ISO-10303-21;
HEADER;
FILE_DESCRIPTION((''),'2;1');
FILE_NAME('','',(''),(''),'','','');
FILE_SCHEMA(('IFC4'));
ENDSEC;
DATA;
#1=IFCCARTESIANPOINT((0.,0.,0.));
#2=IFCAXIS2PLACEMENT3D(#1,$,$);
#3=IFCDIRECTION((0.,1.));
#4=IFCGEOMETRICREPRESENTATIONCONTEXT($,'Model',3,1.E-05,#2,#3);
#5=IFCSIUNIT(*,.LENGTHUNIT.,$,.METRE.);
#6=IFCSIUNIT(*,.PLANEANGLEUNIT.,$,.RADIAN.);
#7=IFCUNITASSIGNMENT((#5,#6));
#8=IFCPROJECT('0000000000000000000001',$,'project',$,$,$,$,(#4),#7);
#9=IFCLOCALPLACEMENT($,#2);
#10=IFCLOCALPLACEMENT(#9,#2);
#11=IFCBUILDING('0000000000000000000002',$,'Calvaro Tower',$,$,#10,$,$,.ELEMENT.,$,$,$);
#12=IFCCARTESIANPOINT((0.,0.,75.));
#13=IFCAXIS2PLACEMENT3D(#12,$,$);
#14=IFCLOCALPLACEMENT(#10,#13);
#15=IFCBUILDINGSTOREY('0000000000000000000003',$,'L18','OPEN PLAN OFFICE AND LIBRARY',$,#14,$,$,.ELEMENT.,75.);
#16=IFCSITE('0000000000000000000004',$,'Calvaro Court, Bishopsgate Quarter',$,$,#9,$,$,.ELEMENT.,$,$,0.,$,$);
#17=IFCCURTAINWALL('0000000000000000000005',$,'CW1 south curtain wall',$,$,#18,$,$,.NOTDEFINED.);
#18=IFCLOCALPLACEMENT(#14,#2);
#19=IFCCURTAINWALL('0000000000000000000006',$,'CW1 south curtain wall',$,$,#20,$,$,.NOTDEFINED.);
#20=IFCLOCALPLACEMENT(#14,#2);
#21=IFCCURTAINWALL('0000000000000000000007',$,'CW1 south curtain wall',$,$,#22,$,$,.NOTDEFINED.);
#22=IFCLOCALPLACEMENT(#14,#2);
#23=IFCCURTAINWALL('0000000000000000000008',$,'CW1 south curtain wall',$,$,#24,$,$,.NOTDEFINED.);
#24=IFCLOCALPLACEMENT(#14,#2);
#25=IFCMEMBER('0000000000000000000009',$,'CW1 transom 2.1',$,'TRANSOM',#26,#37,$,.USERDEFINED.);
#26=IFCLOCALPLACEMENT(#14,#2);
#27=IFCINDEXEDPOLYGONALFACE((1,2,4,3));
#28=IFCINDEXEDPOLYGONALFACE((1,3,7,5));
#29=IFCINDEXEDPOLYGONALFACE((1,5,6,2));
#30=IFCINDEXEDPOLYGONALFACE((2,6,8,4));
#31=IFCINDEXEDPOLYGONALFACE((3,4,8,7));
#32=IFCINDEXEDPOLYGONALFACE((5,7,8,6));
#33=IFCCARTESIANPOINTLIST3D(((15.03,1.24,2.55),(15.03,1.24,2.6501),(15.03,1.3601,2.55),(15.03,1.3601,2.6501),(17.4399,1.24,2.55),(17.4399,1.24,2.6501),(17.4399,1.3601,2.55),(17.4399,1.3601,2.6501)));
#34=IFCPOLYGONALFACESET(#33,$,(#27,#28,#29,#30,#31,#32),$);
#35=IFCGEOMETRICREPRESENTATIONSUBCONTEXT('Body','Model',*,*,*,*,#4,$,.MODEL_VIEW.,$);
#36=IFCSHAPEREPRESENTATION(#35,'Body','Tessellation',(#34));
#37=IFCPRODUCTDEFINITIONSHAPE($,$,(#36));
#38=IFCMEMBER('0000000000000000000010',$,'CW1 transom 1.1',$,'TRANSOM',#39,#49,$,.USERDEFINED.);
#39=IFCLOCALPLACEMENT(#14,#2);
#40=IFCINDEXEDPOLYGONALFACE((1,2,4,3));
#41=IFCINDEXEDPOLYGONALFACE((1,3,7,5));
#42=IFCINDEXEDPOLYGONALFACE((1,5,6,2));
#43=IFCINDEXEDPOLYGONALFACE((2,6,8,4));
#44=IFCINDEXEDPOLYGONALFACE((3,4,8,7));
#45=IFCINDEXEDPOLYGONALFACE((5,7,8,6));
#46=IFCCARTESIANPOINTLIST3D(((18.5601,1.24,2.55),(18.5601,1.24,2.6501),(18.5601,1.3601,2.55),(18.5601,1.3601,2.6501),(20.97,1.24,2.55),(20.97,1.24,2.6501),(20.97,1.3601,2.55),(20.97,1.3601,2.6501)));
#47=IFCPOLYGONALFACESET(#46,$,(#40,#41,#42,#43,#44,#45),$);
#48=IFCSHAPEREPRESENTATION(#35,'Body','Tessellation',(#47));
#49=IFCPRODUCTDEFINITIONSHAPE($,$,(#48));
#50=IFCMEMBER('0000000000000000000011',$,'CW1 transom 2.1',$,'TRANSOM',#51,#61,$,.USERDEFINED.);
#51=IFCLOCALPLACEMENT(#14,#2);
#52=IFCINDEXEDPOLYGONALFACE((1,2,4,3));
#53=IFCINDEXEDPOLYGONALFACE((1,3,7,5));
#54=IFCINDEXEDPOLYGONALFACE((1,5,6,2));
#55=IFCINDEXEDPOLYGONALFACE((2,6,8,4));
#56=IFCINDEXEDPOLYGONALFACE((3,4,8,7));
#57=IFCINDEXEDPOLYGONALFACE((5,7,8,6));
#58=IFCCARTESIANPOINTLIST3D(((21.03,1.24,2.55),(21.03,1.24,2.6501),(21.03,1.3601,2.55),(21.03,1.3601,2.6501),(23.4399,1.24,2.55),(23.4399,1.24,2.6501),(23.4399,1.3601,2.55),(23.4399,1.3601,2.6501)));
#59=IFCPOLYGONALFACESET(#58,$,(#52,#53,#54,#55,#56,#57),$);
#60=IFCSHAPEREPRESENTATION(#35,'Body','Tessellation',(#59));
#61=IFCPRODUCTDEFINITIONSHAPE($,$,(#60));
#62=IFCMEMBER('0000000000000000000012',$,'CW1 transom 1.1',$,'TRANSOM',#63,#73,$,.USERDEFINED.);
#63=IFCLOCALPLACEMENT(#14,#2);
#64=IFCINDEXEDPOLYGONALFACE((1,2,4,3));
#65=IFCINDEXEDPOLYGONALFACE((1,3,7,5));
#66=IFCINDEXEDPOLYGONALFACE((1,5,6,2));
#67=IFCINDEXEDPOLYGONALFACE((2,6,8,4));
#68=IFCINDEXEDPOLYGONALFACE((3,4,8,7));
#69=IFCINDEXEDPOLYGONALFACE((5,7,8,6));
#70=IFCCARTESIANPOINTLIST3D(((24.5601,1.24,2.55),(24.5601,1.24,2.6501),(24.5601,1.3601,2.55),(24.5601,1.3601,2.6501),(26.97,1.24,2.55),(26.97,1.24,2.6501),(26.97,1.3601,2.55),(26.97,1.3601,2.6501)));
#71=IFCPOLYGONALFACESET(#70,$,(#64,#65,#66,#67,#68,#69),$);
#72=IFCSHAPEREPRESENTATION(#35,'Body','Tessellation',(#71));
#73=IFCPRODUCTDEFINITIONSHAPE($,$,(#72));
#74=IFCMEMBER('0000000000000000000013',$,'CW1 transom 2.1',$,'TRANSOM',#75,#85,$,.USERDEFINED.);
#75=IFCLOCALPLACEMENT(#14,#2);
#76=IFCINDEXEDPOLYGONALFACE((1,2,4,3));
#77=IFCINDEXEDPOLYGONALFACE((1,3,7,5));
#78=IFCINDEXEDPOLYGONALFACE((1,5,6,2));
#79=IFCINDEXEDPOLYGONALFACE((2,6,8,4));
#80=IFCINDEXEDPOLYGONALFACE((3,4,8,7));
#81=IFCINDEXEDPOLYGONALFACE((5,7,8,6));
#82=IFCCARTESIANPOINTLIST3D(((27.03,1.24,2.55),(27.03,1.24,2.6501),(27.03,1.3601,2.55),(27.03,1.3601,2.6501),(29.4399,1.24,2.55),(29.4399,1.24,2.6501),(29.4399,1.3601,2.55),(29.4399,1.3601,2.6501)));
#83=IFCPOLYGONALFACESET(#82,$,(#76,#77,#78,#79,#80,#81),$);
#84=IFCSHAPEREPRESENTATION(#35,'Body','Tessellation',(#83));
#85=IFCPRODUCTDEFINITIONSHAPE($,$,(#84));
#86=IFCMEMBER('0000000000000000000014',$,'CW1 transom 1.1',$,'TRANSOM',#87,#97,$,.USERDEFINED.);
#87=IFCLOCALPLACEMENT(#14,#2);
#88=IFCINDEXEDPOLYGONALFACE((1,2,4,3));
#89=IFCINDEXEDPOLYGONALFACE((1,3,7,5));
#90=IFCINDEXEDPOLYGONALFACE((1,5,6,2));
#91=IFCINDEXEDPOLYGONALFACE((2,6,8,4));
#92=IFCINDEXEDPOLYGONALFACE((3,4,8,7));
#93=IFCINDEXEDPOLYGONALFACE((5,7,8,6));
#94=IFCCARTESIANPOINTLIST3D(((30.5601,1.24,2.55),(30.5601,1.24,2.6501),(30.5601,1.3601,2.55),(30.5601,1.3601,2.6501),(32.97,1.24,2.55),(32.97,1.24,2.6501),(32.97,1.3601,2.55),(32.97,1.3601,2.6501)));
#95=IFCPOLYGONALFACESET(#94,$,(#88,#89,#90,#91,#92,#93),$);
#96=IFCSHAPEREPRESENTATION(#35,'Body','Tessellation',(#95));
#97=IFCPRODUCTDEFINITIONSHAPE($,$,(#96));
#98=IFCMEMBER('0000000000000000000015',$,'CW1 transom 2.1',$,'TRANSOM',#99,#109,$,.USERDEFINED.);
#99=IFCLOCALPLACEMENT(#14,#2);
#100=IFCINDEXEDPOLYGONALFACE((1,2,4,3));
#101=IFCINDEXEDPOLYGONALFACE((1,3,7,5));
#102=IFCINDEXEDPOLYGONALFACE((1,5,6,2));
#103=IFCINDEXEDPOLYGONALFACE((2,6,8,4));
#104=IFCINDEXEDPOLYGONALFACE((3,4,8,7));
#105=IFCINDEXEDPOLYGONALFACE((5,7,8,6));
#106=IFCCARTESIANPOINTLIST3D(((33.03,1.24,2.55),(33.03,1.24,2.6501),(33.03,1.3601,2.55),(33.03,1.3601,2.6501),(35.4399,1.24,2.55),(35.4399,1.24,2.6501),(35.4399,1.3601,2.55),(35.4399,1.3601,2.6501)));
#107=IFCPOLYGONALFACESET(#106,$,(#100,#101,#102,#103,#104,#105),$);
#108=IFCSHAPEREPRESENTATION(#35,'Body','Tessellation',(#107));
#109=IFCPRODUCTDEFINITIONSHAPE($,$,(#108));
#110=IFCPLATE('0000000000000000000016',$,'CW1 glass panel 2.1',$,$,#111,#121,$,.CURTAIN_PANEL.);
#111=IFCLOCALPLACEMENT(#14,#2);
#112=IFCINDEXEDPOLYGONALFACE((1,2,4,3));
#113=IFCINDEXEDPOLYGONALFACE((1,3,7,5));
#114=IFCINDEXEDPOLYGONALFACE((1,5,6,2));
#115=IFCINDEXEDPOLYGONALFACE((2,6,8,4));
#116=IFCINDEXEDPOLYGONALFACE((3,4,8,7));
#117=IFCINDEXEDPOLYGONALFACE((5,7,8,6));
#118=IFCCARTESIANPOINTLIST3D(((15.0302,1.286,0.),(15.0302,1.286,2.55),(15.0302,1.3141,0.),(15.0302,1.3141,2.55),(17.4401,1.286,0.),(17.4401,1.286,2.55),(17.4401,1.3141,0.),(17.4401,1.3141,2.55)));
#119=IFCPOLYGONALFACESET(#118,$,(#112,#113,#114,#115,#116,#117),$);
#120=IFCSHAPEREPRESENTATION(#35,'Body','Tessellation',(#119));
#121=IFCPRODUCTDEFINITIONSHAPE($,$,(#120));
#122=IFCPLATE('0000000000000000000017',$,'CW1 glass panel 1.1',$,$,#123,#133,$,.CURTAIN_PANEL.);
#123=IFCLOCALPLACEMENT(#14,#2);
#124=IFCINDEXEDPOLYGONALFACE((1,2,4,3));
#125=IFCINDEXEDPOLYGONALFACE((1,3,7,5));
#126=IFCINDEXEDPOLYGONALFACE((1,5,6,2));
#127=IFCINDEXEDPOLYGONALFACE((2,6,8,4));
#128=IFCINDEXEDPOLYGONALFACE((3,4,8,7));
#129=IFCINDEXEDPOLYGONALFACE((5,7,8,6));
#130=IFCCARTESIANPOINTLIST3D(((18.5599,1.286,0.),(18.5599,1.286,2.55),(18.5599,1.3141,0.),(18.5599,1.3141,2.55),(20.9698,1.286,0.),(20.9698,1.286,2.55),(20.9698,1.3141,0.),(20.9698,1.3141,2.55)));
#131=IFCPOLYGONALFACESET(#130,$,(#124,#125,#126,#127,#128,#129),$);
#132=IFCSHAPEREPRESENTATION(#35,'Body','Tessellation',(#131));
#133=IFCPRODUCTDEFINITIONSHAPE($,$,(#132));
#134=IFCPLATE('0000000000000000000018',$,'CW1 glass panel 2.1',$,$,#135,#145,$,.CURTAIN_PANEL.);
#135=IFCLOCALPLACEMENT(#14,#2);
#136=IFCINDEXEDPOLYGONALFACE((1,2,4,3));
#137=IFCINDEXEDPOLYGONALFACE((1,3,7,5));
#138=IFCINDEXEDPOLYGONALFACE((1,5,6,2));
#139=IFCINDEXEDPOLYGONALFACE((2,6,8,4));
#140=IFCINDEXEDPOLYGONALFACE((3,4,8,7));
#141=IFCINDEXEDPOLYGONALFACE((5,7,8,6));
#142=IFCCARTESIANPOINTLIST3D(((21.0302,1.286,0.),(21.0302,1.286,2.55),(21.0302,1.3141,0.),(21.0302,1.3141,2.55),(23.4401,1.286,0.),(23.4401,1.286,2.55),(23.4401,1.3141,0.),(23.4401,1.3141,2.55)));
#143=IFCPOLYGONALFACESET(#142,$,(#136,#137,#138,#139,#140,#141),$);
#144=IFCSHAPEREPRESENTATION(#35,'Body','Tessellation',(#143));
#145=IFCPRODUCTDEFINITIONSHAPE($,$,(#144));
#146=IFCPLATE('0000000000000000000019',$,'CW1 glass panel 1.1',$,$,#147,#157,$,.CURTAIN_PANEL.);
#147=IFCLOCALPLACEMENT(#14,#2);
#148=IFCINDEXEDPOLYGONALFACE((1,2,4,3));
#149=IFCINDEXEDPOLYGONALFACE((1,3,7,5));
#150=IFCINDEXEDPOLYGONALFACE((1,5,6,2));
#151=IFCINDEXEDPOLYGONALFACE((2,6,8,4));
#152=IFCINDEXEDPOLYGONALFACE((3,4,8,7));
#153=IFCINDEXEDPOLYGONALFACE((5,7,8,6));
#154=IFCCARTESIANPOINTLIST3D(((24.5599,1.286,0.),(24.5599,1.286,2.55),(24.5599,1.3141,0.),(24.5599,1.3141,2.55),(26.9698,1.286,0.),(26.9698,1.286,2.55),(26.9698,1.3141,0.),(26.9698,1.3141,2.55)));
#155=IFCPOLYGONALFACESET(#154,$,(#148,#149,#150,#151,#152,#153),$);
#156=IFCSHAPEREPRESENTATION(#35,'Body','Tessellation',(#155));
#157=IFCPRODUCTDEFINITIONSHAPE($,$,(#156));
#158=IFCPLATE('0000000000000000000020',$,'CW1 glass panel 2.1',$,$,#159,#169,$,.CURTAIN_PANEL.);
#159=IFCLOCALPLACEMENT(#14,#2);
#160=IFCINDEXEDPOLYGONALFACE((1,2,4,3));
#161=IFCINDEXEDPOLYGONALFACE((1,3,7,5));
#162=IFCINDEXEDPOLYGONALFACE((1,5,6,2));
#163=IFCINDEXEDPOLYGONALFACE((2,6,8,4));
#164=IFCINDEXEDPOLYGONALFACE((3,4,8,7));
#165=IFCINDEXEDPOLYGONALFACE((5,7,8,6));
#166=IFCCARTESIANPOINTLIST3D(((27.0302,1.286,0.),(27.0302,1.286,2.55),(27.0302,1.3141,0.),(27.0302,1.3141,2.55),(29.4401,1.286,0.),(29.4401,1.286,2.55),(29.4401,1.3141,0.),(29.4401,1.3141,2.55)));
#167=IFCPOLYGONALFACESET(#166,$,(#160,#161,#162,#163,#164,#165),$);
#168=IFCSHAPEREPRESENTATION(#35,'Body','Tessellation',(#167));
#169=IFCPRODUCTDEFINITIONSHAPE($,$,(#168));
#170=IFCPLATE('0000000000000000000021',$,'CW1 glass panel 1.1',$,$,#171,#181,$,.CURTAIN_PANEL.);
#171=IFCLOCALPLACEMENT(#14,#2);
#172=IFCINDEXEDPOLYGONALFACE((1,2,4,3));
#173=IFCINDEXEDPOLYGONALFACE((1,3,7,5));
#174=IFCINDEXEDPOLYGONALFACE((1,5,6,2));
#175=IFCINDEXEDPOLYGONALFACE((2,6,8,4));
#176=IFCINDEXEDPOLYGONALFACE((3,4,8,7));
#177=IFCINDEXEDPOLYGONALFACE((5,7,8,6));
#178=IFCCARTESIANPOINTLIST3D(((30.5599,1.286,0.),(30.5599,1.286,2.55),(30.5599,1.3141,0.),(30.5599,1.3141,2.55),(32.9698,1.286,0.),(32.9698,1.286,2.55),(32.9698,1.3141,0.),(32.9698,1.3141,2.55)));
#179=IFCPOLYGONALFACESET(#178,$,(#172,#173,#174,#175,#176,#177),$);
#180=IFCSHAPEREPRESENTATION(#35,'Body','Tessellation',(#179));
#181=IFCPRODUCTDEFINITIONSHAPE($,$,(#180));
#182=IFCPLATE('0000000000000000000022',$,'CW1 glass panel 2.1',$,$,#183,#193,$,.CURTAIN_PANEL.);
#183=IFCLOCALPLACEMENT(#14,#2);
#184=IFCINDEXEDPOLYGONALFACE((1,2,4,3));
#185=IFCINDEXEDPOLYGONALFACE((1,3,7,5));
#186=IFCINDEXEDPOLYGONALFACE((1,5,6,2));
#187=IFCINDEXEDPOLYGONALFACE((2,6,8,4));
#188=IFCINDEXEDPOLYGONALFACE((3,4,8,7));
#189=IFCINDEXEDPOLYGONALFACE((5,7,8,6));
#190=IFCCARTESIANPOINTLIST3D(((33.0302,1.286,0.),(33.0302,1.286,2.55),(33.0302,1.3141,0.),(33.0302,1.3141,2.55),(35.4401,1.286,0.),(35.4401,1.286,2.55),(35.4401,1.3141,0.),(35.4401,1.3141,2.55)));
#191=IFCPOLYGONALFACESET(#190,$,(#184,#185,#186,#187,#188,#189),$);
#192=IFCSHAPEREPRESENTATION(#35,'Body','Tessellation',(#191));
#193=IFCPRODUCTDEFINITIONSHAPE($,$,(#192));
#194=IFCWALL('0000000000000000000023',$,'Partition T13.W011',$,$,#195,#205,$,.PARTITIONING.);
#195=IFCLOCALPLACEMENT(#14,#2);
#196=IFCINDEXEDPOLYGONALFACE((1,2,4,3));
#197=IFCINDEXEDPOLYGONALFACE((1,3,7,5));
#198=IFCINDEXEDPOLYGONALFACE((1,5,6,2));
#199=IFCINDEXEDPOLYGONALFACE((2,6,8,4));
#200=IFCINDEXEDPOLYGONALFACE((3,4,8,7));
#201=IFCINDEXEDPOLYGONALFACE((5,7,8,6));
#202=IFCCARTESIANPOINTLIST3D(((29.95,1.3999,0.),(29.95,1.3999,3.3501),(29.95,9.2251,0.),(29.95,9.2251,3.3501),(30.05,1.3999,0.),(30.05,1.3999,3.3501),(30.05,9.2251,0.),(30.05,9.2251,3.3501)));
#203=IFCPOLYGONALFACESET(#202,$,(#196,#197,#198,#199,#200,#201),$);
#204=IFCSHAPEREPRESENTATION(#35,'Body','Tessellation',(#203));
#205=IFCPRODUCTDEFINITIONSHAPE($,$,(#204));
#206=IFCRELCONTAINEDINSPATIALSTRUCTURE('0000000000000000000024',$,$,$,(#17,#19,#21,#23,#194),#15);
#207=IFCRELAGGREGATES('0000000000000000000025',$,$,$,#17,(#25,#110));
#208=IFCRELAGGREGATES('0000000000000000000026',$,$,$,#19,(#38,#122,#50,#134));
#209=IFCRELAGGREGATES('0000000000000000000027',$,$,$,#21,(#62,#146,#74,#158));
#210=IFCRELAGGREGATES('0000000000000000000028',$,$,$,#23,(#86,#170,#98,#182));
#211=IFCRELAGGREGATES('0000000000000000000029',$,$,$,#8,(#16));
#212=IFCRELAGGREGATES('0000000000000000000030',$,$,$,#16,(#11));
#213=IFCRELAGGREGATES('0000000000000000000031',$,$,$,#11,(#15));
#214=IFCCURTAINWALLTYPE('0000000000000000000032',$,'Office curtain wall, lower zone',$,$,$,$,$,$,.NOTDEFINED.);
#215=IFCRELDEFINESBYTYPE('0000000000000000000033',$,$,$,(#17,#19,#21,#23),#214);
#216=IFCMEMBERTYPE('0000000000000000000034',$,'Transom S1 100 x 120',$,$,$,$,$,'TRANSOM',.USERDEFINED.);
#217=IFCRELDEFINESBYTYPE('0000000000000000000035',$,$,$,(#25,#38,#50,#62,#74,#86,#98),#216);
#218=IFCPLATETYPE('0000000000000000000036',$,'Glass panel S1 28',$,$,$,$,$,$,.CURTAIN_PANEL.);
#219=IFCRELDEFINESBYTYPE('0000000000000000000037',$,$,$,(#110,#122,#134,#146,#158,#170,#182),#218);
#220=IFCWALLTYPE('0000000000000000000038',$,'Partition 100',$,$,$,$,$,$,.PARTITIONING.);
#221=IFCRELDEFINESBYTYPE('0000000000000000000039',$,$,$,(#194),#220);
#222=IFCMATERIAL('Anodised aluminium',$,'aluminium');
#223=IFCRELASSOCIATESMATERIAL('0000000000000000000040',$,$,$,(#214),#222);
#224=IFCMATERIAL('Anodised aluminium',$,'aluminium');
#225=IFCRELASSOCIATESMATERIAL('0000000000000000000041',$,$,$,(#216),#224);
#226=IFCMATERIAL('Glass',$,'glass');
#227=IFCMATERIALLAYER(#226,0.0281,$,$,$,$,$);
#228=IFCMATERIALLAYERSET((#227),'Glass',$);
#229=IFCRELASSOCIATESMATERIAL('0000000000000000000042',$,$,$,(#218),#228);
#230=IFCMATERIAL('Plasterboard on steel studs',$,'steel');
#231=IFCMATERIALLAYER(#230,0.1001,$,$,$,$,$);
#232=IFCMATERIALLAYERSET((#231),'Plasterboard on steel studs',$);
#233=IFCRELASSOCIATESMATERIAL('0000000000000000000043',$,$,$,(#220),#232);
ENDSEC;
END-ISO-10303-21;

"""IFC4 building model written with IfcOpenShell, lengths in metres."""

from ifc_helpers import new_model, si_unit, direction, frame, frame_2d, origin, origin_2d, place, context, subcontext, project, spatial, rectangle, extrude, material, layer, layer_set, material_profile, profile_set, type_object, element, aggregate, save


model = new_model("IFC4")

# Units and contexts
model_context = context("Model", 3, precision=1e-05, world=origin(), true_north=direction((0.0, 1.0)))
body_context = subcontext(model_context, "Body", "Model", "MODEL_VIEW")
ifc_project = project(units=[si_unit("LENGTHUNIT", "METRE"), si_unit("PLANEANGLEUNIT", "RADIAN")], contexts=[model_context])

# Site, building, storey
site_placement = place(None, origin())
site = spatial("IfcSite", under=ifc_project, at=site_placement, Name="Calvaro Court, Bishopsgate Quarter", CompositionType="ELEMENT", RefElevation=0.0)
building_placement = place(site_placement, origin())
building = spatial("IfcBuilding", under=site, at=building_placement, Name="Calvaro Tower", CompositionType="ELEMENT")
storey_placement = place(building_placement, frame((0.0, 0.0, 75.0)))
storey = spatial("IfcBuildingStorey", under=building, at=storey_placement, Name="L18", Description="OPEN PLAN OFFICE AND LIBRARY", CompositionType="ELEMENT", Elevation=75.0)

# Curtain walls
ifc_material_1 = material(Name="Anodised aluminium", Category="aluminium")
curtain_wall_type = type_object("IfcCurtainWallType", Name="Office curtain wall, lower zone", PredefinedType="NOTDEFINED", material=ifc_material_1)
curtain_wall_1_placement = place(storey_placement, origin())
curtain_wall_1 = element("IfcCurtainWall", 1, at=curtain_wall_1_placement, inside=storey, type_object=curtain_wall_type, Name="CW1 south curtain wall", PredefinedType="NOTDEFINED")
curtain_wall_2_placement = place(storey_placement, origin())
curtain_wall_2 = element("IfcCurtainWall", 2, at=curtain_wall_2_placement, inside=storey, type_object=curtain_wall_type, Name="CW1 south curtain wall", PredefinedType="NOTDEFINED")
curtain_wall_3_placement = place(storey_placement, origin())
curtain_wall_3 = element("IfcCurtainWall", 3, at=curtain_wall_3_placement, inside=storey, type_object=curtain_wall_type, Name="CW1 south curtain wall", PredefinedType="NOTDEFINED")
curtain_wall_4_placement = place(storey_placement, origin())
curtain_wall_4 = element("IfcCurtainWall", 4, at=curtain_wall_4_placement, inside=storey, type_object=curtain_wall_type, Name="CW1 south curtain wall", PredefinedType="NOTDEFINED")

# Members
ifc_material_2 = material(Name="Anodised aluminium", Category="aluminium")
ifc_material_profile_1 = material_profile(ifc_material_2, rectangle(XDim=0.1201, YDim=0.1001, at=origin_2d()), Name="Transom S1 100 x 120")
ifc_profile_set_1 = profile_set([ifc_material_profile_1], Name="Anodised aluminium")
member_type_1 = type_object("IfcMemberType", Name="Transom S1 100 x 120", ElementType="TRANSOM", PredefinedType="USERDEFINED", material=ifc_profile_set_1)
member_1_placement = place(storey_placement, frame((15.03, 1.3, 2.6001), z_axis=(1.0, 0.0, 0.0), x_axis=(0.0, 1.0, 0.0)))
member_1 = element("IfcMember", 5, at=member_1_placement, type_object=member_type_1, Name="CW1 transom 2.1", ObjectType="TRANSOM", PredefinedType="USERDEFINED", context=body_context, shape_type="SweptSolid", body=[
    extrude(rectangle(XDim=0.1201, YDim=0.1001, at=origin_2d()), origin(), (0.0, 0.0, 1.0), 2.4099),
])
member_2_placement = place(storey_placement, frame((18.5601, 1.3, 2.6001), z_axis=(1.0, 0.0, 0.0), x_axis=(0.0, 1.0, 0.0)))
member_2 = element("IfcMember", 6, at=member_2_placement, type_object=member_type_1, Name="CW1 transom 1.1", ObjectType="TRANSOM", PredefinedType="USERDEFINED", context=body_context, shape_type="SweptSolid", body=[
    extrude(rectangle(XDim=0.1201, YDim=0.1001, at=origin_2d()), origin(), (0.0, 0.0, 1.0), 2.4099),
])
member_3_placement = place(storey_placement, frame((21.03, 1.3, 2.6001), z_axis=(1.0, 0.0, 0.0), x_axis=(0.0, 1.0, 0.0)))
member_3 = element("IfcMember", 7, at=member_3_placement, type_object=member_type_1, Name="CW1 transom 2.1", ObjectType="TRANSOM", PredefinedType="USERDEFINED", context=body_context, shape_type="SweptSolid", body=[
    extrude(rectangle(XDim=0.1201, YDim=0.1001, at=origin_2d()), origin(), (0.0, 0.0, 1.0), 2.4099),
])
member_4_placement = place(storey_placement, frame((24.5601, 1.3, 2.6001), z_axis=(1.0, 0.0, 0.0), x_axis=(0.0, 1.0, 0.0)))
member_4 = element("IfcMember", 8, at=member_4_placement, type_object=member_type_1, Name="CW1 transom 1.1", ObjectType="TRANSOM", PredefinedType="USERDEFINED", context=body_context, shape_type="SweptSolid", body=[
    extrude(rectangle(XDim=0.1201, YDim=0.1001, at=origin_2d()), origin(), (0.0, 0.0, 1.0), 2.4099),
])
member_5_placement = place(storey_placement, frame((27.03, 1.3, 2.6001), z_axis=(1.0, 0.0, 0.0), x_axis=(0.0, 1.0, 0.0)))
member_5 = element("IfcMember", 9, at=member_5_placement, type_object=member_type_1, Name="CW1 transom 2.1", ObjectType="TRANSOM", PredefinedType="USERDEFINED", context=body_context, shape_type="SweptSolid", body=[
    extrude(rectangle(XDim=0.1201, YDim=0.1001, at=origin_2d()), origin(), (0.0, 0.0, 1.0), 2.4099),
])
member_6_placement = place(storey_placement, frame((30.5601, 1.3, 2.6001), z_axis=(1.0, 0.0, 0.0), x_axis=(0.0, 1.0, 0.0)))
member_6 = element("IfcMember", 10, at=member_6_placement, type_object=member_type_1, Name="CW1 transom 1.1", ObjectType="TRANSOM", PredefinedType="USERDEFINED", context=body_context, shape_type="SweptSolid", body=[
    extrude(rectangle(XDim=0.1201, YDim=0.1001, at=origin_2d()), origin(), (0.0, 0.0, 1.0), 2.4099),
])
member_7_placement = place(storey_placement, frame((33.03, 1.3, 2.6001), z_axis=(1.0, 0.0, 0.0), x_axis=(0.0, 1.0, 0.0)))
member_7 = element("IfcMember", 11, at=member_7_placement, type_object=member_type_1, Name="CW1 transom 2.1", ObjectType="TRANSOM", PredefinedType="USERDEFINED", context=body_context, shape_type="SweptSolid", body=[
    extrude(rectangle(XDim=0.1201, YDim=0.1001, at=origin_2d()), origin(), (0.0, 0.0, 1.0), 2.4099),
])

# Plates
ifc_material_3 = material(Name="Glass", Category="glass")
ifc_layer_1 = layer(ifc_material_3, 0.0281)
ifc_layer_set_1 = layer_set([ifc_layer_1], Name="Glass")
plate_type = type_object("IfcPlateType", Name="Glass panel S1 28", PredefinedType="CURTAIN_PANEL", material=ifc_layer_set_1)
plate_1_placement = place(storey_placement, frame((16.2351, 1.3, 0.0), z_axis=(0.0, 0.0, 1.0), x_axis=(1.0, 0.0, 0.0)))
plate_1 = element("IfcPlate", 12, at=plate_1_placement, type_object=plate_type, Name="CW1 glass panel 2.1", PredefinedType="CURTAIN_PANEL", context=body_context, shape_type="SweptSolid", body=[
    extrude(rectangle(XDim=2.4099, YDim=0.0281, at=origin_2d()), origin(), (0.0, 0.0, 1.0), 2.55),
])
aggregate(curtain_wall_1, [member_1, plate_1])
plate_2_placement = place(storey_placement, frame((19.7649, 1.3, 0.0), z_axis=(0.0, 0.0, 1.0), x_axis=(1.0, 0.0, 0.0)))
plate_2 = element("IfcPlate", 13, at=plate_2_placement, type_object=plate_type, Name="CW1 glass panel 1.1", PredefinedType="CURTAIN_PANEL", context=body_context, shape_type="SweptSolid", body=[
    extrude(rectangle(XDim=2.4099, YDim=0.0281, at=origin_2d()), origin(), (0.0, 0.0, 1.0), 2.55),
])
plate_3_placement = place(storey_placement, frame((22.2351, 1.3, 0.0), z_axis=(0.0, 0.0, 1.0), x_axis=(1.0, 0.0, 0.0)))
plate_3 = element("IfcPlate", 14, at=plate_3_placement, type_object=plate_type, Name="CW1 glass panel 2.1", PredefinedType="CURTAIN_PANEL", context=body_context, shape_type="SweptSolid", body=[
    extrude(rectangle(XDim=2.4099, YDim=0.0281, at=origin_2d()), origin(), (0.0, 0.0, 1.0), 2.55),
])
aggregate(curtain_wall_2, [member_2, plate_2, member_3, plate_3])
plate_4_placement = place(storey_placement, frame((25.7649, 1.3, 0.0), z_axis=(0.0, 0.0, 1.0), x_axis=(1.0, 0.0, 0.0)))
plate_4 = element("IfcPlate", 15, at=plate_4_placement, type_object=plate_type, Name="CW1 glass panel 1.1", PredefinedType="CURTAIN_PANEL", context=body_context, shape_type="SweptSolid", body=[
    extrude(rectangle(XDim=2.4099, YDim=0.0281, at=origin_2d()), origin(), (0.0, 0.0, 1.0), 2.55),
])
plate_5_placement = place(storey_placement, frame((28.2351, 1.3, 0.0), z_axis=(0.0, 0.0, 1.0), x_axis=(1.0, 0.0, 0.0)))
plate_5 = element("IfcPlate", 16, at=plate_5_placement, type_object=plate_type, Name="CW1 glass panel 2.1", PredefinedType="CURTAIN_PANEL", context=body_context, shape_type="SweptSolid", body=[
    extrude(rectangle(XDim=2.4099, YDim=0.0281, at=origin_2d()), origin(), (0.0, 0.0, 1.0), 2.55),
])
aggregate(curtain_wall_3, [member_4, plate_4, member_5, plate_5])
plate_6_placement = place(storey_placement, frame((31.7649, 1.3, 0.0), z_axis=(0.0, 0.0, 1.0), x_axis=(1.0, 0.0, 0.0)))
plate_6 = element("IfcPlate", 17, at=plate_6_placement, type_object=plate_type, Name="CW1 glass panel 1.1", PredefinedType="CURTAIN_PANEL", context=body_context, shape_type="SweptSolid", body=[
    extrude(rectangle(XDim=2.4099, YDim=0.0281, at=origin_2d()), origin(), (0.0, 0.0, 1.0), 2.55),
])
plate_7_placement = place(storey_placement, frame((34.2351, 1.3, 0.0), z_axis=(0.0, 0.0, 1.0), x_axis=(1.0, 0.0, 0.0)))
plate_7 = element("IfcPlate", 18, at=plate_7_placement, type_object=plate_type, Name="CW1 glass panel 2.1", PredefinedType="CURTAIN_PANEL", context=body_context, shape_type="SweptSolid", body=[
    extrude(rectangle(XDim=2.4099, YDim=0.0281, at=origin_2d()), origin(), (0.0, 0.0, 1.0), 2.55),
])
aggregate(curtain_wall_4, [member_6, plate_6, member_7, plate_7])

# Wall
ifc_material_4 = material(Name="Plasterboard on steel studs", Category="steel")
ifc_layer_2 = layer(ifc_material_4, 0.1001)
ifc_layer_set_2 = layer_set([ifc_layer_2], Name="Plasterboard on steel studs")
wall_type = type_object("IfcWallType", Name="Partition 100", PredefinedType="PARTITIONING", material=ifc_layer_set_2)
wall_placement = place(storey_placement, frame((30.0, 1.3999, 0.0), z_axis=(0.0, 0.0, 1.0), x_axis=(0.0, 1.0, 0.0)))
element("IfcWall", 19, at=wall_placement, inside=storey, type_object=wall_type, Name="Partition T13.W011", PredefinedType="PARTITIONING", context=body_context, shape_type="SweptSolid", body=[
    extrude(rectangle(XDim=7.8252, YDim=0.1001, at=frame_2d((3.9126, 0.0))), origin(), (0.0, 0.0, 1.0), 3.3501),
])

save(model, "model.ifc")
